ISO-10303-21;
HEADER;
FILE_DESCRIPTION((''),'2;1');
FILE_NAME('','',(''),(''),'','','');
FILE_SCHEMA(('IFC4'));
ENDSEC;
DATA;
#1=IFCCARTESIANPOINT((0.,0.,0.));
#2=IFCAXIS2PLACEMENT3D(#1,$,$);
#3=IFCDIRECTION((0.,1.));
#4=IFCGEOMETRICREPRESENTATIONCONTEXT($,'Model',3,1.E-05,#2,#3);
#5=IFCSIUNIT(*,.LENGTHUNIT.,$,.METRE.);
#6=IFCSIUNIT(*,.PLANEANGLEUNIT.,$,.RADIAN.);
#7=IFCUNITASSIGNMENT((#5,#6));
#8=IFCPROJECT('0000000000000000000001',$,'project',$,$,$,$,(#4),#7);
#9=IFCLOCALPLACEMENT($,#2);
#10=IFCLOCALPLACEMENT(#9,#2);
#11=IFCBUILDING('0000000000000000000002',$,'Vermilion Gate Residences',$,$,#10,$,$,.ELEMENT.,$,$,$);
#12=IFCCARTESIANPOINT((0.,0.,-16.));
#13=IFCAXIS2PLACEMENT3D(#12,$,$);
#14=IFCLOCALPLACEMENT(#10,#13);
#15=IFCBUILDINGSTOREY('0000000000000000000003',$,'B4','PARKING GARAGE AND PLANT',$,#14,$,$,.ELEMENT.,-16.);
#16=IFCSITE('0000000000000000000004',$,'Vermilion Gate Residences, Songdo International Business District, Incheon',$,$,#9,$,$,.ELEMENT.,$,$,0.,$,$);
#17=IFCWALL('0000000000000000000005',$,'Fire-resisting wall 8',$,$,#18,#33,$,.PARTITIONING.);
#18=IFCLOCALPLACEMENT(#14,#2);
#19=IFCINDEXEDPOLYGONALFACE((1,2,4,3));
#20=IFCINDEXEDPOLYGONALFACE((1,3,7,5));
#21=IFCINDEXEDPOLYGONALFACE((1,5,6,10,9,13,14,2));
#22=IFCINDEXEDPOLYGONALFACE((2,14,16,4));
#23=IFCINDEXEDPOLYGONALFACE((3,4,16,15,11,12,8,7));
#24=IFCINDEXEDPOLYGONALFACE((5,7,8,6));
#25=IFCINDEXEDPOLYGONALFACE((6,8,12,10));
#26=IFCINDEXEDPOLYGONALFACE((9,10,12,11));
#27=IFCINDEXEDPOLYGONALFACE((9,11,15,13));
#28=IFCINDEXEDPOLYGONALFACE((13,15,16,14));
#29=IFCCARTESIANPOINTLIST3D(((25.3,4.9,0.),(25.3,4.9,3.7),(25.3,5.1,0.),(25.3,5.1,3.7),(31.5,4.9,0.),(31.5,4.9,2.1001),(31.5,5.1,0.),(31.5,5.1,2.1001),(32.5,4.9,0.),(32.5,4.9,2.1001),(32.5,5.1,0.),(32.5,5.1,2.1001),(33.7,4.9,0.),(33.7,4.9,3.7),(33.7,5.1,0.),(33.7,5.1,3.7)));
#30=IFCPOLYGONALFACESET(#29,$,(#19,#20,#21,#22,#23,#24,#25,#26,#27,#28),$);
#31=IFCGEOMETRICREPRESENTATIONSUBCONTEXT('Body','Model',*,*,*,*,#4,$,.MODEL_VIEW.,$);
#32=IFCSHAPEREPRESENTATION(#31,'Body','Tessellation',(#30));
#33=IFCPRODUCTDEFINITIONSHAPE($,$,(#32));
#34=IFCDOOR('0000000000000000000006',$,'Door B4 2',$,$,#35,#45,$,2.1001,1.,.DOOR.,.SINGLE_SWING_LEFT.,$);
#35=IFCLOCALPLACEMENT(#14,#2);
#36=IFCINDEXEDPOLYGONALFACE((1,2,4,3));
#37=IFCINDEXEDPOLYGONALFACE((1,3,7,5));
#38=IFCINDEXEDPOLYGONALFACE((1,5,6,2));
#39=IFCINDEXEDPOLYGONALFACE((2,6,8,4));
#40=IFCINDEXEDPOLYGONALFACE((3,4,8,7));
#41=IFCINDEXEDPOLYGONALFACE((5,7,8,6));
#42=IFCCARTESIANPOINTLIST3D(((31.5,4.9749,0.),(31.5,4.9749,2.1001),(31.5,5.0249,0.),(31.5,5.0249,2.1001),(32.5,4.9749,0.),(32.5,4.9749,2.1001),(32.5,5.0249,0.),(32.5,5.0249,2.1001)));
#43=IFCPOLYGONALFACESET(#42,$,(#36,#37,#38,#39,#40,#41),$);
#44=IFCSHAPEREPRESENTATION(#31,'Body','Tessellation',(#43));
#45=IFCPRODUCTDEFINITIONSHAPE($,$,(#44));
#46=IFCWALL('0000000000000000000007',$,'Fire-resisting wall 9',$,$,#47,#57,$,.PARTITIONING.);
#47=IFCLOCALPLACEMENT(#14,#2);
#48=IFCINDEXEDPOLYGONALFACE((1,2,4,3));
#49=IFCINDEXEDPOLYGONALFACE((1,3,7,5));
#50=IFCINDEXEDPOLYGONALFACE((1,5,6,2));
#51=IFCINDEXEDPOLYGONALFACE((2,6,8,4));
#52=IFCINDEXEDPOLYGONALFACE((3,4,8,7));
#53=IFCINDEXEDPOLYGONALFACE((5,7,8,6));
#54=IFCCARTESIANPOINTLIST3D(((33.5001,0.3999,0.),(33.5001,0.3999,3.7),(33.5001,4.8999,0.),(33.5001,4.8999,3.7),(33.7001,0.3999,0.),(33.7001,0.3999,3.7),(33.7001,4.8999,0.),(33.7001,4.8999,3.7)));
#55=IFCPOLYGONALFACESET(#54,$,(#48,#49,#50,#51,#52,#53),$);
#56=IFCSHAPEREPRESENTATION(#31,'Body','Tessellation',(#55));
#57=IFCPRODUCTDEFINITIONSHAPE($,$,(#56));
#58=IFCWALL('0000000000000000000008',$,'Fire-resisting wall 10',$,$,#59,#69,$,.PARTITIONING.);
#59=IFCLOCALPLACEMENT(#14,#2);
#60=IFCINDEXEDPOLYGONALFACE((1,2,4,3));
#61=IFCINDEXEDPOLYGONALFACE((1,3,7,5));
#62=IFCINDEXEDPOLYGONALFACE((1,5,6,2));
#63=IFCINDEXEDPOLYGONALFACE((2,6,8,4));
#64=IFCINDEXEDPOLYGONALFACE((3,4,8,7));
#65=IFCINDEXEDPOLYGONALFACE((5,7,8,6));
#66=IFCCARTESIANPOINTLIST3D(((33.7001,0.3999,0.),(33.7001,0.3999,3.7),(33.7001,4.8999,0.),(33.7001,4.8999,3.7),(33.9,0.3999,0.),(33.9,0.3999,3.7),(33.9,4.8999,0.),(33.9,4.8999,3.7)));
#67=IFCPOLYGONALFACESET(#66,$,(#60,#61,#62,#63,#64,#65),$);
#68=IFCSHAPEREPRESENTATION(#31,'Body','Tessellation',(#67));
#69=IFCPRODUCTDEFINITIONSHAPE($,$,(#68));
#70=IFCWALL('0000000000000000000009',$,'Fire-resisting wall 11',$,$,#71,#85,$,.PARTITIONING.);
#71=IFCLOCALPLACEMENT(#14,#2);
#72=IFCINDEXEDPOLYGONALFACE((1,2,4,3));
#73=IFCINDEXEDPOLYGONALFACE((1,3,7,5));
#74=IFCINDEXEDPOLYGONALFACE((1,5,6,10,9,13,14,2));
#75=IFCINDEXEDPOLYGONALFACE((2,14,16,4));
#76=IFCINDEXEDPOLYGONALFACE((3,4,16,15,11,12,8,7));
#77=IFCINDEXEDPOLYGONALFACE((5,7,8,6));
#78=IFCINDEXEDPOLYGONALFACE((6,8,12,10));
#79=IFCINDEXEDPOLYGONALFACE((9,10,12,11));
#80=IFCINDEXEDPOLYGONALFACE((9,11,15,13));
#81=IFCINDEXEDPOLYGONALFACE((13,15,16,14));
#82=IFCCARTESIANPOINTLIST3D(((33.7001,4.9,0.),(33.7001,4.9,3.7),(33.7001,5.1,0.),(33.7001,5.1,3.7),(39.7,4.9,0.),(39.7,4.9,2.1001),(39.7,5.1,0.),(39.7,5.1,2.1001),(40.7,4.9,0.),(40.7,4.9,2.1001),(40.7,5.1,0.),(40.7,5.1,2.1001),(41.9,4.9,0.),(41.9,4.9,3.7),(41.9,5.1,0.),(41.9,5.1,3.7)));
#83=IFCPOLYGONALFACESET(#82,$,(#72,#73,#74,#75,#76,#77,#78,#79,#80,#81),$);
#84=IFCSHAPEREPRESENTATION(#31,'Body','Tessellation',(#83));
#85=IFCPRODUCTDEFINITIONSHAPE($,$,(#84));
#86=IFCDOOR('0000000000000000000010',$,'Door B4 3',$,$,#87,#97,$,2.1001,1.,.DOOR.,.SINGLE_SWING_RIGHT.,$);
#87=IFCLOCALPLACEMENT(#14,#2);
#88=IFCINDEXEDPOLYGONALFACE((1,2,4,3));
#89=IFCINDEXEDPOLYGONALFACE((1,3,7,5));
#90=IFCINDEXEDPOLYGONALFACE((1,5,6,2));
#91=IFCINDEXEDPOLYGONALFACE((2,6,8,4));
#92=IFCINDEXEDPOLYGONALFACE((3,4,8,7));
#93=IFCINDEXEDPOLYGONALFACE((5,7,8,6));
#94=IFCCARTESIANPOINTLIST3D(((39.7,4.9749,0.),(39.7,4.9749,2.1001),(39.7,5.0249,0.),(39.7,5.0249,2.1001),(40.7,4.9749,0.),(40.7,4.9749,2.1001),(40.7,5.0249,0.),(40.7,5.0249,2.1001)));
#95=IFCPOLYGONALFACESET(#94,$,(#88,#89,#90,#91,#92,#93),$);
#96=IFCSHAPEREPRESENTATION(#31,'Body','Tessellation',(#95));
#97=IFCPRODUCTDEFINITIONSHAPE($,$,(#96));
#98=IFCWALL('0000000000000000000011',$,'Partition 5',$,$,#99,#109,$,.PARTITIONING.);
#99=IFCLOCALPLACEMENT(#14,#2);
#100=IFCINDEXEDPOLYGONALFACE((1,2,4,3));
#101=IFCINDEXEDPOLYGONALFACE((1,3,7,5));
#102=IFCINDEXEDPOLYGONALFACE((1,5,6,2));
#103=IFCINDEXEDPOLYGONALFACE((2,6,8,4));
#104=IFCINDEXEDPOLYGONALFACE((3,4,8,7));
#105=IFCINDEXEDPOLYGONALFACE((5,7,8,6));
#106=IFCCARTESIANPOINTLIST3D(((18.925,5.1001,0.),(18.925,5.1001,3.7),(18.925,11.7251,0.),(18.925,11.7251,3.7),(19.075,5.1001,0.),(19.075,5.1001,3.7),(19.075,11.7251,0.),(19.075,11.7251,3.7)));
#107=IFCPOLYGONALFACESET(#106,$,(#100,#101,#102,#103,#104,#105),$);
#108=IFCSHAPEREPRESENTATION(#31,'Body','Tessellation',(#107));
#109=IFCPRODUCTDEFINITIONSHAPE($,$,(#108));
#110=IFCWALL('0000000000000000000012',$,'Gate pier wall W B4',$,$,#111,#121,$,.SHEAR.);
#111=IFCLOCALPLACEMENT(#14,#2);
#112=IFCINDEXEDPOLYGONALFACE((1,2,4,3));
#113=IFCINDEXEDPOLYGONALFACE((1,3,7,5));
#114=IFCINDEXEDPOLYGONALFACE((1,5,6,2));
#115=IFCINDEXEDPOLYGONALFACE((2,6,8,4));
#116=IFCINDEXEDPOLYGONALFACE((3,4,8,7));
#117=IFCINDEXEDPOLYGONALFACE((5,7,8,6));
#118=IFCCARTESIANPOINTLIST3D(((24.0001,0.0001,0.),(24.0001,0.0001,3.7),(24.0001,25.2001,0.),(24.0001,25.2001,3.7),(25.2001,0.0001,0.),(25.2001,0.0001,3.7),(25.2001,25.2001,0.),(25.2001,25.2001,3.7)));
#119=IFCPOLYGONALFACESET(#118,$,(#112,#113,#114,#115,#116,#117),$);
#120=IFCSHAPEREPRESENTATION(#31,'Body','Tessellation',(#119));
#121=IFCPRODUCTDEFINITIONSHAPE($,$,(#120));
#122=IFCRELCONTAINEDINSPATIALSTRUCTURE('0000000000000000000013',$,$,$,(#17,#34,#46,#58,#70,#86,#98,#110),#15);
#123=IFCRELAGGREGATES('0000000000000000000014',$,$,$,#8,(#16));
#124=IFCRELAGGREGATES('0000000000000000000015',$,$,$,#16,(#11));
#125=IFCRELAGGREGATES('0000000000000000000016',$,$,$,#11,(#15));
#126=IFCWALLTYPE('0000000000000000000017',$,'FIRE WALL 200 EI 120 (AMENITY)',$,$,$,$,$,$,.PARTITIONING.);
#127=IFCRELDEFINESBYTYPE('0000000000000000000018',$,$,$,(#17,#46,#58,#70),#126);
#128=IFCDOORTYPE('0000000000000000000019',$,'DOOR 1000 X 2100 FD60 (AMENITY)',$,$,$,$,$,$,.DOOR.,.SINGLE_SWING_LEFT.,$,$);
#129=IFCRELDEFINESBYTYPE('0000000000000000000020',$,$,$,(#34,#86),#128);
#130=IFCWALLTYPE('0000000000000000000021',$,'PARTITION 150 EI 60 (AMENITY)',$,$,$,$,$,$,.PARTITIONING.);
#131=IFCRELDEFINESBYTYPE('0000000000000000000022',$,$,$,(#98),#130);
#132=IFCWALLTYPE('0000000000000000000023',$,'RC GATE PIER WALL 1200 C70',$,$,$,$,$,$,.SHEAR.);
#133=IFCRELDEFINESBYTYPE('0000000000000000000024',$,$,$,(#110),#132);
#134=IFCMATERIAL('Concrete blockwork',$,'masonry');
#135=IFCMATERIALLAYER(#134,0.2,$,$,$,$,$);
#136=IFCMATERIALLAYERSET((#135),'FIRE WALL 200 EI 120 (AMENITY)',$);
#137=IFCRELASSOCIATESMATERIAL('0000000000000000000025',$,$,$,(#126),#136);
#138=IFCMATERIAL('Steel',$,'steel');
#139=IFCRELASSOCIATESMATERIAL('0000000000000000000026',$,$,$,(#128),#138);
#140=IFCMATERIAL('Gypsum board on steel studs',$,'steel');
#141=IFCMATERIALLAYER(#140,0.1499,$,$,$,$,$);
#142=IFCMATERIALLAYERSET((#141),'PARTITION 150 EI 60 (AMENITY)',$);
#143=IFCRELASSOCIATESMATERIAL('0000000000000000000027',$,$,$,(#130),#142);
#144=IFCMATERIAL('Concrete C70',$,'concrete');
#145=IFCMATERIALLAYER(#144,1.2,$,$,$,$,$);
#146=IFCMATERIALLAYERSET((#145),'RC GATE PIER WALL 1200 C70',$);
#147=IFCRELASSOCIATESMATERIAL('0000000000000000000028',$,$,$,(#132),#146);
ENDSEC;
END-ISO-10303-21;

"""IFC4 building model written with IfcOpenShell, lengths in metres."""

from ifc_helpers import new_model, si_unit, direction, frame, frame_2d, origin, place, context, subcontext, project, spatial, rectangle, extrude, material, layer, layer_set, type_object, element, fill, save


model = new_model("IFC4")

# Units and contexts
model_context = context("Model", 3, precision=1e-05, world=origin(), true_north=direction((0.0, 1.0)))
body_context = subcontext(model_context, "Body", "Model", "MODEL_VIEW")
ifc_project = project(units=[si_unit("LENGTHUNIT", "METRE"), si_unit("PLANEANGLEUNIT", "RADIAN")], contexts=[model_context])

# Site, building, storey
site_placement = place(None, origin())
site = spatial("IfcSite", under=ifc_project, at=site_placement, Name="Vermilion Gate Residences, Songdo International Business District, Incheon", CompositionType="ELEMENT", RefElevation=0.0)
building_placement = place(site_placement, origin())
building = spatial("IfcBuilding", under=site, at=building_placement, Name="Vermilion Gate Residences", CompositionType="ELEMENT")
storey_placement = place(building_placement, frame((0.0, 0.0, -16.0)))
storey = spatial("IfcBuildingStorey", under=building, at=storey_placement, Name="B4", Description="PARKING GARAGE AND PLANT", CompositionType="ELEMENT", Elevation=-16.0)

# Shared definitions
ifc_material_1 = material(Name="Concrete blockwork", Category="masonry")
ifc_layer_1 = layer(ifc_material_1, 0.2)
ifc_layer_set_1 = layer_set([ifc_layer_1], Name="FIRE WALL 200 EI 120 (AMENITY)")
wall_type_1 = type_object("IfcWallType", Name="FIRE WALL 200 EI 120 (AMENITY)", PredefinedType="PARTITIONING", material=ifc_layer_set_1)
ifc_material_2 = material(Name="Steel", Category="steel")
door_type = type_object("IfcDoorType", Name="DOOR 1000 X 2100 FD60 (AMENITY)", OperationType="SINGLE_SWING_LEFT", PredefinedType="DOOR", material=ifc_material_2)

# Wall, opening, door
wall_1_placement = place(storey_placement, frame((25.3, 5.0, 0.0), z_axis=(0.0, 0.0, 1.0), x_axis=(1.0, 0.0, 0.0)))
wall_1 = element("IfcWall", 1, at=wall_1_placement, inside=storey, type_object=wall_type_1, Name="Fire-resisting wall 8", PredefinedType="PARTITIONING", context=body_context, shape_type="SweptSolid", body=[
    extrude(rectangle(XDim=8.3999, YDim=0.2, at=frame_2d((4.2, 0.0))), origin(), (0.0, 0.0, 1.0), 3.7),
])
opening_1_placement = place(wall_1_placement, frame((6.2, 0.0, 0.0)))
opening_1 = element("IfcOpeningElement", 2, at=opening_1_placement, cuts=wall_1, PredefinedType="OPENING", context=body_context, shape_type="SweptSolid", body=[
    extrude(rectangle(XDim=1.0, YDim=2.1001, at=frame_2d((0.5, 1.05))), frame((0.0, 0.1099, 0.0), z_axis=(0.0, -1.0, 0.0), x_axis=(1.0, 0.0, 0.0)), (0.0, 0.0, 1.0), 0.22),
])
door_1_placement = place(opening_1_placement, origin())
door_1 = element("IfcDoor", 3, at=door_1_placement, inside=storey, type_object=door_type, Name="Door B4 2", OperationType="SINGLE_SWING_LEFT", OverallHeight=2.1001, OverallWidth=1.0, PredefinedType="DOOR", context=body_context, shape_type="SweptSolid", body=[
    extrude(rectangle(XDim=1.0, YDim=2.1001, at=frame_2d((0.5, 1.05))), frame((0.0, 0.0249, 0.0), z_axis=(0.0, -1.0, 0.0), x_axis=(1.0, 0.0, 0.0)), (0.0, 0.0, 1.0), 0.05),
])
fill(opening_1, door_1)

# Walls
for number, where, z_axis, x_axis, name in (
    (4, (33.6001, 0.3999, 0.0), (0.0, 0.0, 1.0), (0.0, 1.0, 0.0), "Fire-resisting wall 9"),
    (5, (33.8, 0.3999, 0.0), (0.0, 0.0, 1.0), (0.0, 1.0, 0.0), "Fire-resisting wall 10"),
):
    element("IfcWall", number, at=place(storey_placement, frame(where, z_axis=z_axis, x_axis=x_axis)), inside=storey, type_object=wall_type_1, Name=name, PredefinedType="PARTITIONING", context=body_context, shape_type="SweptSolid", body=[
        extrude(rectangle(XDim=4.5, YDim=0.2, at=frame_2d((2.25, 0.0))), origin(), (0.0, 0.0, 1.0), 3.7),
    ])

# Wall, opening, door
wall_2_placement = place(storey_placement, frame((33.7, 5.0, 0.0), z_axis=(0.0, 0.0, 1.0), x_axis=(1.0, 0.0, 0.0)))
wall_2 = element("IfcWall", 6, at=wall_2_placement, inside=storey, type_object=wall_type_1, Name="Fire-resisting wall 11", PredefinedType="PARTITIONING", context=body_context, shape_type="SweptSolid", body=[
    extrude(rectangle(XDim=8.2, YDim=0.2, at=frame_2d((4.1001, 0.0))), origin(), (0.0, 0.0, 1.0), 3.7),
])
opening_2_placement = place(wall_2_placement, frame((6.0, 0.0, 0.0)))
opening_2 = element("IfcOpeningElement", 7, at=opening_2_placement, cuts=wall_2, PredefinedType="OPENING", context=body_context, shape_type="SweptSolid", body=[
    extrude(rectangle(XDim=1.0, YDim=2.1001, at=frame_2d((0.5, 1.05))), frame((0.0, 0.1099, 0.0), z_axis=(0.0, -1.0, 0.0), x_axis=(1.0, 0.0, 0.0)), (0.0, 0.0, 1.0), 0.22),
])
door_2_placement = place(opening_2_placement, origin())
door_2 = element("IfcDoor", 8, at=door_2_placement, inside=storey, type_object=door_type, Name="Door B4 3", OperationType="SINGLE_SWING_RIGHT", OverallHeight=2.1001, OverallWidth=1.0, PredefinedType="DOOR", context=body_context, shape_type="SweptSolid", body=[
    extrude(rectangle(XDim=1.0, YDim=2.1001, at=frame_2d((0.5, 1.05))), frame((0.0, 0.0249, 0.0), z_axis=(0.0, -1.0, 0.0), x_axis=(1.0, 0.0, 0.0)), (0.0, 0.0, 1.0), 0.05),
])
fill(opening_2, door_2)

# Walls
ifc_material_3 = material(Name="Gypsum board on steel studs", Category="steel")
ifc_layer_2 = layer(ifc_material_3, 0.1499)
ifc_layer_set_2 = layer_set([ifc_layer_2], Name="PARTITION 150 EI 60 (AMENITY)")
wall_type_2 = type_object("IfcWallType", Name="PARTITION 150 EI 60 (AMENITY)", PredefinedType="PARTITIONING", material=ifc_layer_set_2)
wall_3_placement = place(storey_placement, frame((19.0, 5.1001, 0.0), z_axis=(0.0, 0.0, 1.0), x_axis=(0.0, 1.0, 0.0)))
element("IfcWall", 9, at=wall_3_placement, inside=storey, type_object=wall_type_2, Name="Partition 5", PredefinedType="PARTITIONING", context=body_context, shape_type="SweptSolid", body=[
    extrude(rectangle(XDim=6.625, YDim=0.1499, at=frame_2d((3.3125, 0.0))), origin(), (0.0, 0.0, 1.0), 3.7),
])
ifc_material_4 = material(Name="Concrete C70", Category="concrete")
ifc_layer_3 = layer(ifc_material_4, 1.2)
ifc_layer_set_3 = layer_set([ifc_layer_3], Name="RC GATE PIER WALL 1200 C70")
wall_type_3 = type_object("IfcWallType", Name="RC GATE PIER WALL 1200 C70", PredefinedType="SHEAR", material=ifc_layer_set_3)
wall_4_placement = place(storey_placement, frame((24.6001, 0.0, 0.0), z_axis=(0.0, 0.0, 1.0), x_axis=(0.0, 1.0, 0.0)))
element("IfcWall", 10, at=wall_4_placement, inside=storey, type_object=wall_type_3, Name="Gate pier wall W B4", PredefinedType="SHEAR", context=body_context, shape_type="SweptSolid", body=[
    extrude(rectangle(XDim=25.2, YDim=1.2, at=frame_2d((12.6001, 0.0))), origin(), (0.0, 0.0, 1.0), 3.7),
])

save(model, "model.ifc")
